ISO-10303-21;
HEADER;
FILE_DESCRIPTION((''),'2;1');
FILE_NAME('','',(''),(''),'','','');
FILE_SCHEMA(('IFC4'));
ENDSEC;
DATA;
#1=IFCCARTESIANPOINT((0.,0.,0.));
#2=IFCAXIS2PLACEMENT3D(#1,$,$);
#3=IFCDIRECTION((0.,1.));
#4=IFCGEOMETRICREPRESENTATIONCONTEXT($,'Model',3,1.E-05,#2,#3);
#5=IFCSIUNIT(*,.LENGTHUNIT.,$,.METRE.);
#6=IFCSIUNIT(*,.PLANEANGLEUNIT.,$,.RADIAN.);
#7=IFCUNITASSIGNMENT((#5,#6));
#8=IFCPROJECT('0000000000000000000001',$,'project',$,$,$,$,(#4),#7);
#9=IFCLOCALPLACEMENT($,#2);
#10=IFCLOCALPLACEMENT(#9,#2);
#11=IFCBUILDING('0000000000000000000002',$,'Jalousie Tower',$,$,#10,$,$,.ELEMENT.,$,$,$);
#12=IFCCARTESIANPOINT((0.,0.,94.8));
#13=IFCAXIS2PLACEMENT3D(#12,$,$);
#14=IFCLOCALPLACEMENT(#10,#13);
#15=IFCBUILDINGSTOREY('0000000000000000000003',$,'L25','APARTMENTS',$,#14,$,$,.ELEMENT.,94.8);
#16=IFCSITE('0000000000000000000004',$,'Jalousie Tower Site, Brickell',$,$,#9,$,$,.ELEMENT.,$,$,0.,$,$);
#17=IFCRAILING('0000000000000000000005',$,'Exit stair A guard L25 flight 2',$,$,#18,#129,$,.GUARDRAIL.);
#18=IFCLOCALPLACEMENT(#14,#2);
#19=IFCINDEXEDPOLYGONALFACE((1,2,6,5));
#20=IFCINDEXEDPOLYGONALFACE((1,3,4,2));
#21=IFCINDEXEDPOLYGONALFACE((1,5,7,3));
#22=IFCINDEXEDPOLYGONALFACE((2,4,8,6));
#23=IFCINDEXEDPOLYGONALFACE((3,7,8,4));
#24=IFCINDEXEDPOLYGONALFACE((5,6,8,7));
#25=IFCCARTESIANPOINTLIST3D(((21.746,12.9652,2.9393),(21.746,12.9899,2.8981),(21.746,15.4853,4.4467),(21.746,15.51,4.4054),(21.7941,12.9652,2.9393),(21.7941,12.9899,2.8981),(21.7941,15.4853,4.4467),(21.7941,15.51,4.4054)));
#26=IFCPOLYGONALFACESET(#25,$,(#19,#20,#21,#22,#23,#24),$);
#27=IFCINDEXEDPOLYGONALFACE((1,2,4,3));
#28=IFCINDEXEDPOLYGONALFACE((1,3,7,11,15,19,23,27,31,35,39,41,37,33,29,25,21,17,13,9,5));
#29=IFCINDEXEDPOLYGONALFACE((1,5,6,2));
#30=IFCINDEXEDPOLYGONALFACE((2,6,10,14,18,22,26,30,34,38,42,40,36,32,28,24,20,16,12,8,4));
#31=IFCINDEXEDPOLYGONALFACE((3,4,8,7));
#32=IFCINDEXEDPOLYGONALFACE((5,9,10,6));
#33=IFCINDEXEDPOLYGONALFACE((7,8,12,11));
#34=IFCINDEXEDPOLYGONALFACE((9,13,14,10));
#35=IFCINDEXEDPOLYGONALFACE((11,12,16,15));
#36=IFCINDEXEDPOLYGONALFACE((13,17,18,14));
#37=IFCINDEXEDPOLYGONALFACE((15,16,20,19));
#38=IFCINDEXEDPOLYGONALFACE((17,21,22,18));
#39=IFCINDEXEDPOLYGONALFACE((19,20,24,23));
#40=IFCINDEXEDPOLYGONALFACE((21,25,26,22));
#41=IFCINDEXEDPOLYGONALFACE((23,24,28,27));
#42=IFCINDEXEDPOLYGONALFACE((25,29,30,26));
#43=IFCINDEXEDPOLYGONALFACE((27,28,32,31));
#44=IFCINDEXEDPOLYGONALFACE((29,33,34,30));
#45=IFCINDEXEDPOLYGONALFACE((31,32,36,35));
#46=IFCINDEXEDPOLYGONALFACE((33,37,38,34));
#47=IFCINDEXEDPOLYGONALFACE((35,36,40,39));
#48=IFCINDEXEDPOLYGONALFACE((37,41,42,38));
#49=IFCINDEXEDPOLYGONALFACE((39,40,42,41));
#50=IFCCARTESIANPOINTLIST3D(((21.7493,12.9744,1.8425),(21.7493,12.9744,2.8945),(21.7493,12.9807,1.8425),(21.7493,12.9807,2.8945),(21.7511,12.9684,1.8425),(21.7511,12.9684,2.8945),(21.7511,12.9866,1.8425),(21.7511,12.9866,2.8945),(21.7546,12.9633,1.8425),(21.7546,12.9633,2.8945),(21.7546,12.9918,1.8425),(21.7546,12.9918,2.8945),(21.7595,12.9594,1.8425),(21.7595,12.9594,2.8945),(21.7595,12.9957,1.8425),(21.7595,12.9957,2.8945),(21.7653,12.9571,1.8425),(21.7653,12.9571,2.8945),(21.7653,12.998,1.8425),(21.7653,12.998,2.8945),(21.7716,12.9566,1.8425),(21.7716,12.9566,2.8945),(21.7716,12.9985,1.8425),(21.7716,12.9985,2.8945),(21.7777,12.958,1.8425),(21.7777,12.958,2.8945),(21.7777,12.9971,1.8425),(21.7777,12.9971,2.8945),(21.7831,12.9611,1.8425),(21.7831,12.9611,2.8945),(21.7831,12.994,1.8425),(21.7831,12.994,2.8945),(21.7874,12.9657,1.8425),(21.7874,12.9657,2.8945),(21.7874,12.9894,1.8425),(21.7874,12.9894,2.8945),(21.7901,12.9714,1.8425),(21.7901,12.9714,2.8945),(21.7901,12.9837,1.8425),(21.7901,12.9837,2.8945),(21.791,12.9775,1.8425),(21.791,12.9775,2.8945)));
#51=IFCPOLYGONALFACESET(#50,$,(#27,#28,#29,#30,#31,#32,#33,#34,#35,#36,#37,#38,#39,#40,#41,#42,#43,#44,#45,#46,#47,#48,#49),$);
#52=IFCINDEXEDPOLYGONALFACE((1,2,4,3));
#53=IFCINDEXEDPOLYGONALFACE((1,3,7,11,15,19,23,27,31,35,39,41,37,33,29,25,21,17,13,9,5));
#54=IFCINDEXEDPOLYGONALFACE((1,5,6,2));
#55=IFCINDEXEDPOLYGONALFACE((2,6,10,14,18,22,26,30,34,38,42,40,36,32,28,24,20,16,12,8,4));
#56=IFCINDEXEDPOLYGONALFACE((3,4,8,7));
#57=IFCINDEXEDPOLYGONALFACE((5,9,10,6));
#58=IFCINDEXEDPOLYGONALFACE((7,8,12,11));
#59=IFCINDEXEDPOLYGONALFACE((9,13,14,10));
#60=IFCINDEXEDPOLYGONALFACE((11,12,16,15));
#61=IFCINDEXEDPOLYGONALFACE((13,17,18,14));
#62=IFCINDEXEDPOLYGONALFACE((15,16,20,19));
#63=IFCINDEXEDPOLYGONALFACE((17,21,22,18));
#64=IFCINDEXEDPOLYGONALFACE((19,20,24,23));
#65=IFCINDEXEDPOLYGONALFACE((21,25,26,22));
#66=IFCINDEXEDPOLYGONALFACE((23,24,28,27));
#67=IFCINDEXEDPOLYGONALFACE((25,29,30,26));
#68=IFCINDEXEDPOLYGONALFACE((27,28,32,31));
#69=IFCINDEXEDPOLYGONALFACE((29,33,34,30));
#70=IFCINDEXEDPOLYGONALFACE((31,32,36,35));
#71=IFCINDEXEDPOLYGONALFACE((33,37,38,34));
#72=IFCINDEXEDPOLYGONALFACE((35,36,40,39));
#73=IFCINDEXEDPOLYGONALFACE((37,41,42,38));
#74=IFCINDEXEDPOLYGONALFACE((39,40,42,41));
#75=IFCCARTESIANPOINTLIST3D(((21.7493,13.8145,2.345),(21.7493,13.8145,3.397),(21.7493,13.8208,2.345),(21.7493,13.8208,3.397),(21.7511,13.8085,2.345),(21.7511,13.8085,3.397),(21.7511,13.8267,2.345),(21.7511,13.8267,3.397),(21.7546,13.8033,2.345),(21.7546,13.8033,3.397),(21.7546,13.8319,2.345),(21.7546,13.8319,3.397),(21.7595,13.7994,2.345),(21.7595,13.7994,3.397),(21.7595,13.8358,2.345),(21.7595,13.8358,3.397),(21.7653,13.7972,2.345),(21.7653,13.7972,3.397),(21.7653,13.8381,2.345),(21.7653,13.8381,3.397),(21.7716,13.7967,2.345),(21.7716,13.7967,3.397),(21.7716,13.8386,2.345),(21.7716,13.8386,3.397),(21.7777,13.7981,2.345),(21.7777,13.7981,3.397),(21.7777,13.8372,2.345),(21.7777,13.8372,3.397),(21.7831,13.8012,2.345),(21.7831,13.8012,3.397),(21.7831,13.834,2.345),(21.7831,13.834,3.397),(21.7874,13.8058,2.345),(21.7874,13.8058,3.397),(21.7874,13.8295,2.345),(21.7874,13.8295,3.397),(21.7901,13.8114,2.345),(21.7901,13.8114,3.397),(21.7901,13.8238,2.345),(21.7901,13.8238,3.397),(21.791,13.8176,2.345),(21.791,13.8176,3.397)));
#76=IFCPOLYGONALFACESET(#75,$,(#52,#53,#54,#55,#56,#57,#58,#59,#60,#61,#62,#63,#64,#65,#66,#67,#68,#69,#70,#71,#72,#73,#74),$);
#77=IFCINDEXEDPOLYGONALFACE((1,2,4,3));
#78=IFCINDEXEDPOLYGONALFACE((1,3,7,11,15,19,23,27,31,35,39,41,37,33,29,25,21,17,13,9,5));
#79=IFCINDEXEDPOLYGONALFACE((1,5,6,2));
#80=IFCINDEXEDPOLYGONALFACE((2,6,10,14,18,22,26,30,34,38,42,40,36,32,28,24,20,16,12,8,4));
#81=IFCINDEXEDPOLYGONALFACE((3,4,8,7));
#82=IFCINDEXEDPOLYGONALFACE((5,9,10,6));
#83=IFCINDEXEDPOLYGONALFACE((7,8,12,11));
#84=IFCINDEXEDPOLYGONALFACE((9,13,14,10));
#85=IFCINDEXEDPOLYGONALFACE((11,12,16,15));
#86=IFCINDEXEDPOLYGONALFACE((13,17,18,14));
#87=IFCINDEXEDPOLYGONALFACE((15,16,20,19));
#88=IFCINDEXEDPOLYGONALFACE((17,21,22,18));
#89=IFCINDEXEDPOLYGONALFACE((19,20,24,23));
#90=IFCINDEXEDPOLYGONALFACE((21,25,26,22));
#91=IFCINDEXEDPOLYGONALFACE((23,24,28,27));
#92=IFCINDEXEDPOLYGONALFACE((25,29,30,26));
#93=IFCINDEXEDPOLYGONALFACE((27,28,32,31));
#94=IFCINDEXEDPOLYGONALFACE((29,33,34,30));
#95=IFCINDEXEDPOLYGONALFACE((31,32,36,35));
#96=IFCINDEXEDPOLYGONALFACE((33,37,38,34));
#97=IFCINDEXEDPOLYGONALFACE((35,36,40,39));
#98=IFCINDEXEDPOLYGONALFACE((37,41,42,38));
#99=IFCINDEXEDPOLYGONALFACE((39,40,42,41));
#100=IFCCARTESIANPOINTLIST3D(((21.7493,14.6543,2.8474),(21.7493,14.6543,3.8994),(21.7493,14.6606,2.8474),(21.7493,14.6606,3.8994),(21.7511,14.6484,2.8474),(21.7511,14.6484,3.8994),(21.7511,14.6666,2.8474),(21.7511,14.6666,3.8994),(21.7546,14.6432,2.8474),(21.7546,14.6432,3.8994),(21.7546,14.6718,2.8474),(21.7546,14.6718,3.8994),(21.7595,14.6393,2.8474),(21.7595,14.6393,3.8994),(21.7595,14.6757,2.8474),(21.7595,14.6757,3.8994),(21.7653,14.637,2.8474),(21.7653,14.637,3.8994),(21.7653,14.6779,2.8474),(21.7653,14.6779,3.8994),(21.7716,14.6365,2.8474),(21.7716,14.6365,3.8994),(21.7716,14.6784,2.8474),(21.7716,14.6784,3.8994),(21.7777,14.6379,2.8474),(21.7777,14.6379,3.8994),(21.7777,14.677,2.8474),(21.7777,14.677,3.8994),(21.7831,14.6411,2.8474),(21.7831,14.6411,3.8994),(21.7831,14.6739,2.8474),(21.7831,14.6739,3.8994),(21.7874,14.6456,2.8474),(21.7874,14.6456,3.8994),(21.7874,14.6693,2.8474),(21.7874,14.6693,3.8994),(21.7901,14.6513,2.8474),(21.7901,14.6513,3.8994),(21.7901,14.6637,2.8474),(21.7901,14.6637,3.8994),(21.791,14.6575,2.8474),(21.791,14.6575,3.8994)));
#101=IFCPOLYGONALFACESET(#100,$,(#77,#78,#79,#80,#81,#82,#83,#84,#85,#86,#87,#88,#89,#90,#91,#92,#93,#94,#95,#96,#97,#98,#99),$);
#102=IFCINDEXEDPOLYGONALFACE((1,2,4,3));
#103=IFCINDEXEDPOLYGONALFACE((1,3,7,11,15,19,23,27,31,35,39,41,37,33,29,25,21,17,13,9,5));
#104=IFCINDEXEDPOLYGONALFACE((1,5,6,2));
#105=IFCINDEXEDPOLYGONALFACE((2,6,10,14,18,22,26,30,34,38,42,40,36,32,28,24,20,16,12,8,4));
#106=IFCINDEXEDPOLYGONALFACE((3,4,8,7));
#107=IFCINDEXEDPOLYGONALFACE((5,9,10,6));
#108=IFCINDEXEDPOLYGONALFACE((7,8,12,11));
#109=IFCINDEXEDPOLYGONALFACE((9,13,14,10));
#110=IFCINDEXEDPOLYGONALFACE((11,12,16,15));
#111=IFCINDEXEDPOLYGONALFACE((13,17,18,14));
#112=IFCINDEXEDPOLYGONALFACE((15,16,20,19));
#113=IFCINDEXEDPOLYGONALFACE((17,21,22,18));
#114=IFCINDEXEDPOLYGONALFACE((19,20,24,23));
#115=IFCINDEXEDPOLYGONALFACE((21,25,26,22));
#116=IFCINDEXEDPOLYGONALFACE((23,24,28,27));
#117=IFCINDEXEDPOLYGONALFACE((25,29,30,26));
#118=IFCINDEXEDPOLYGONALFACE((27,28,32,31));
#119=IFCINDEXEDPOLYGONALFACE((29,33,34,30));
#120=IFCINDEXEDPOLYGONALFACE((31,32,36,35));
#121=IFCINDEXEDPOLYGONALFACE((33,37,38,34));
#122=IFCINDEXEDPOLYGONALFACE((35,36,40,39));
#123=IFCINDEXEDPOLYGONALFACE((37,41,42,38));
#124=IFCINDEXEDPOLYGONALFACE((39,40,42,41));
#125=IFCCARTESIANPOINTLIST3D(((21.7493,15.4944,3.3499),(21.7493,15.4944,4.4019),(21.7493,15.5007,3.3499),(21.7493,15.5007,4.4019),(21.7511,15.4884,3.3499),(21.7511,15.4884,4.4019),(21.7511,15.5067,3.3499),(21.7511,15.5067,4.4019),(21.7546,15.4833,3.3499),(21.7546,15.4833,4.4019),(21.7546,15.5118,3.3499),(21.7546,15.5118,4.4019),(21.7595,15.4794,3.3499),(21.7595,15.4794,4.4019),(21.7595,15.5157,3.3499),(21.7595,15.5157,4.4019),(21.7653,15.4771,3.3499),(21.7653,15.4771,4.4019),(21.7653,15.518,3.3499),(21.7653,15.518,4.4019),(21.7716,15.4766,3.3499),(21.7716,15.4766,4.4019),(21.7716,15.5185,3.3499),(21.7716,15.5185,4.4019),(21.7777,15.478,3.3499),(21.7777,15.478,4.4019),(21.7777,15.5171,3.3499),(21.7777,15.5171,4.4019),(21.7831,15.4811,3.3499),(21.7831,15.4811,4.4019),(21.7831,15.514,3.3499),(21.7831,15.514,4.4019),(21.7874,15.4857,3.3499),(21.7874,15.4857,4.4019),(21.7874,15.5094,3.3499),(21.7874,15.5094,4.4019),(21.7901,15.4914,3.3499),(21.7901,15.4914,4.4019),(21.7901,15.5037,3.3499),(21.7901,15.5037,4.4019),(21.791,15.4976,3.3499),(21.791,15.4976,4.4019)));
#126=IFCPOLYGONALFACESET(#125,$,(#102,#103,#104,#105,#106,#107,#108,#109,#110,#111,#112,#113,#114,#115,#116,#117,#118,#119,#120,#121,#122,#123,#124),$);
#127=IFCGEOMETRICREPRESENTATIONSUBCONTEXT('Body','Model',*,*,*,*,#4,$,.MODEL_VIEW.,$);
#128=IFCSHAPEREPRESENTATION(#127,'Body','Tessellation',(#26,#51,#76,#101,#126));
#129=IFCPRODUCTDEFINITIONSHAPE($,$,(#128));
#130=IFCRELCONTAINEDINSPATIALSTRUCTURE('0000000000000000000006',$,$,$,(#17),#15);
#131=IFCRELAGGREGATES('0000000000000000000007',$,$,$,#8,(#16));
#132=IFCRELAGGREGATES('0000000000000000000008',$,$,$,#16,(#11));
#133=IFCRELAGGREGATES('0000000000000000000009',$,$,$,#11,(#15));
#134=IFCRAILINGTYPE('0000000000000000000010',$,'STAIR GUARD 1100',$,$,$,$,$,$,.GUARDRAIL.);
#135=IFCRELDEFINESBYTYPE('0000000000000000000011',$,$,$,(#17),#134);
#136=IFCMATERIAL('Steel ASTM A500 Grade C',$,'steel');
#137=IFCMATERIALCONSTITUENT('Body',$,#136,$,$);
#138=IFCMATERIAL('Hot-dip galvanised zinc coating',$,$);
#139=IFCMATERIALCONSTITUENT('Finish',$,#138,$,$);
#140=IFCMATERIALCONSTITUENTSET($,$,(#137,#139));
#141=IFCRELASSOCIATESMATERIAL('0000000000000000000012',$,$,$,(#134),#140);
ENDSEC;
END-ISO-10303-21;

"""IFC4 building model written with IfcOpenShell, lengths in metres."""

from ifc_helpers import new_model, si_unit, direction, frame, origin, origin_2d, place, context, subcontext, project, spatial, rectangle, circle, extrude, material, constituent, constituent_set, type_object, element, save


model = new_model("IFC4")

# Units and contexts
model_context = context("Model", 3, precision=1e-05, world=origin(), true_north=direction((0.0, 1.0)))
body_context = subcontext(model_context, "Body", "Model", "MODEL_VIEW")
ifc_project = project(units=[si_unit("LENGTHUNIT", "METRE"), si_unit("PLANEANGLEUNIT", "RADIAN")], contexts=[model_context])

# Site, building, storey
site_placement = place(None, origin())
site = spatial("IfcSite", under=ifc_project, at=site_placement, Name="Jalousie Tower Site, Brickell", CompositionType="ELEMENT", RefElevation=0.0)
building_placement = place(site_placement, origin())
building = spatial("IfcBuilding", under=site, at=building_placement, Name="Jalousie Tower", CompositionType="ELEMENT")
storey_placement = place(building_placement, frame((0.0, 0.0, 94.8)))
storey = spatial("IfcBuildingStorey", under=building, at=storey_placement, Name="L25", Description="APARTMENTS", CompositionType="ELEMENT", Elevation=94.8)

# Railing
ifc_material_1 = material(Name="Steel ASTM A500 Grade C", Category="steel")
ifc_constituent_1 = constituent(ifc_material_1, Name="Body")
ifc_material_2 = material(Name="Hot-dip galvanised zinc coating")
ifc_constituent_2 = constituent(ifc_material_2, Name="Finish")
ifc_constituent_set_1 = constituent_set(constituents=[ifc_constituent_1, ifc_constituent_2])
railing_type_1 = type_object("IfcRailingType", Name="STAIR GUARD 1100", PredefinedType="GUARDRAIL", material=ifc_constituent_set_1)
railing_1_placement = place(storey_placement, frame((21.77, 12.9775, 1.8425)))
element("IfcRailing", 1, at=railing_1_placement, inside=storey, type_object=railing_type_1, Name="Exit stair A guard L25 flight 2", PredefinedType="GUARDRAIL", context=body_context, shape_type="SweptSolid", body=[
    extrude(rectangle(XDim=0.0481, YDim=0.0481, at=origin_2d()), frame((0.0, 0.0, 1.0762), z_axis=(0.0, 0.858196, 0.513321), x_axis=(-1.0, 0.0, 0.0)), (0.0, 0.0, 1.0), 2.9365),
    extrude(circle(Radius=0.021, at=origin_2d()), origin(), (0.0, 0.0, 1.0), 1.052),
    extrude(circle(Radius=0.021, at=origin_2d()), frame((0.0, 0.8401, 0.5024)), (0.0, 0.0, 1.0), 1.052),
    extrude(circle(Radius=0.021, at=origin_2d()), frame((0.0, 1.6799, 1.0049)), (0.0, 0.0, 1.0), 1.052),
    extrude(circle(Radius=0.021, at=origin_2d()), frame((0.0, 2.52, 1.5073)), (0.0, 0.0, 1.0), 1.052),
])

save(model, "model.ifc")
